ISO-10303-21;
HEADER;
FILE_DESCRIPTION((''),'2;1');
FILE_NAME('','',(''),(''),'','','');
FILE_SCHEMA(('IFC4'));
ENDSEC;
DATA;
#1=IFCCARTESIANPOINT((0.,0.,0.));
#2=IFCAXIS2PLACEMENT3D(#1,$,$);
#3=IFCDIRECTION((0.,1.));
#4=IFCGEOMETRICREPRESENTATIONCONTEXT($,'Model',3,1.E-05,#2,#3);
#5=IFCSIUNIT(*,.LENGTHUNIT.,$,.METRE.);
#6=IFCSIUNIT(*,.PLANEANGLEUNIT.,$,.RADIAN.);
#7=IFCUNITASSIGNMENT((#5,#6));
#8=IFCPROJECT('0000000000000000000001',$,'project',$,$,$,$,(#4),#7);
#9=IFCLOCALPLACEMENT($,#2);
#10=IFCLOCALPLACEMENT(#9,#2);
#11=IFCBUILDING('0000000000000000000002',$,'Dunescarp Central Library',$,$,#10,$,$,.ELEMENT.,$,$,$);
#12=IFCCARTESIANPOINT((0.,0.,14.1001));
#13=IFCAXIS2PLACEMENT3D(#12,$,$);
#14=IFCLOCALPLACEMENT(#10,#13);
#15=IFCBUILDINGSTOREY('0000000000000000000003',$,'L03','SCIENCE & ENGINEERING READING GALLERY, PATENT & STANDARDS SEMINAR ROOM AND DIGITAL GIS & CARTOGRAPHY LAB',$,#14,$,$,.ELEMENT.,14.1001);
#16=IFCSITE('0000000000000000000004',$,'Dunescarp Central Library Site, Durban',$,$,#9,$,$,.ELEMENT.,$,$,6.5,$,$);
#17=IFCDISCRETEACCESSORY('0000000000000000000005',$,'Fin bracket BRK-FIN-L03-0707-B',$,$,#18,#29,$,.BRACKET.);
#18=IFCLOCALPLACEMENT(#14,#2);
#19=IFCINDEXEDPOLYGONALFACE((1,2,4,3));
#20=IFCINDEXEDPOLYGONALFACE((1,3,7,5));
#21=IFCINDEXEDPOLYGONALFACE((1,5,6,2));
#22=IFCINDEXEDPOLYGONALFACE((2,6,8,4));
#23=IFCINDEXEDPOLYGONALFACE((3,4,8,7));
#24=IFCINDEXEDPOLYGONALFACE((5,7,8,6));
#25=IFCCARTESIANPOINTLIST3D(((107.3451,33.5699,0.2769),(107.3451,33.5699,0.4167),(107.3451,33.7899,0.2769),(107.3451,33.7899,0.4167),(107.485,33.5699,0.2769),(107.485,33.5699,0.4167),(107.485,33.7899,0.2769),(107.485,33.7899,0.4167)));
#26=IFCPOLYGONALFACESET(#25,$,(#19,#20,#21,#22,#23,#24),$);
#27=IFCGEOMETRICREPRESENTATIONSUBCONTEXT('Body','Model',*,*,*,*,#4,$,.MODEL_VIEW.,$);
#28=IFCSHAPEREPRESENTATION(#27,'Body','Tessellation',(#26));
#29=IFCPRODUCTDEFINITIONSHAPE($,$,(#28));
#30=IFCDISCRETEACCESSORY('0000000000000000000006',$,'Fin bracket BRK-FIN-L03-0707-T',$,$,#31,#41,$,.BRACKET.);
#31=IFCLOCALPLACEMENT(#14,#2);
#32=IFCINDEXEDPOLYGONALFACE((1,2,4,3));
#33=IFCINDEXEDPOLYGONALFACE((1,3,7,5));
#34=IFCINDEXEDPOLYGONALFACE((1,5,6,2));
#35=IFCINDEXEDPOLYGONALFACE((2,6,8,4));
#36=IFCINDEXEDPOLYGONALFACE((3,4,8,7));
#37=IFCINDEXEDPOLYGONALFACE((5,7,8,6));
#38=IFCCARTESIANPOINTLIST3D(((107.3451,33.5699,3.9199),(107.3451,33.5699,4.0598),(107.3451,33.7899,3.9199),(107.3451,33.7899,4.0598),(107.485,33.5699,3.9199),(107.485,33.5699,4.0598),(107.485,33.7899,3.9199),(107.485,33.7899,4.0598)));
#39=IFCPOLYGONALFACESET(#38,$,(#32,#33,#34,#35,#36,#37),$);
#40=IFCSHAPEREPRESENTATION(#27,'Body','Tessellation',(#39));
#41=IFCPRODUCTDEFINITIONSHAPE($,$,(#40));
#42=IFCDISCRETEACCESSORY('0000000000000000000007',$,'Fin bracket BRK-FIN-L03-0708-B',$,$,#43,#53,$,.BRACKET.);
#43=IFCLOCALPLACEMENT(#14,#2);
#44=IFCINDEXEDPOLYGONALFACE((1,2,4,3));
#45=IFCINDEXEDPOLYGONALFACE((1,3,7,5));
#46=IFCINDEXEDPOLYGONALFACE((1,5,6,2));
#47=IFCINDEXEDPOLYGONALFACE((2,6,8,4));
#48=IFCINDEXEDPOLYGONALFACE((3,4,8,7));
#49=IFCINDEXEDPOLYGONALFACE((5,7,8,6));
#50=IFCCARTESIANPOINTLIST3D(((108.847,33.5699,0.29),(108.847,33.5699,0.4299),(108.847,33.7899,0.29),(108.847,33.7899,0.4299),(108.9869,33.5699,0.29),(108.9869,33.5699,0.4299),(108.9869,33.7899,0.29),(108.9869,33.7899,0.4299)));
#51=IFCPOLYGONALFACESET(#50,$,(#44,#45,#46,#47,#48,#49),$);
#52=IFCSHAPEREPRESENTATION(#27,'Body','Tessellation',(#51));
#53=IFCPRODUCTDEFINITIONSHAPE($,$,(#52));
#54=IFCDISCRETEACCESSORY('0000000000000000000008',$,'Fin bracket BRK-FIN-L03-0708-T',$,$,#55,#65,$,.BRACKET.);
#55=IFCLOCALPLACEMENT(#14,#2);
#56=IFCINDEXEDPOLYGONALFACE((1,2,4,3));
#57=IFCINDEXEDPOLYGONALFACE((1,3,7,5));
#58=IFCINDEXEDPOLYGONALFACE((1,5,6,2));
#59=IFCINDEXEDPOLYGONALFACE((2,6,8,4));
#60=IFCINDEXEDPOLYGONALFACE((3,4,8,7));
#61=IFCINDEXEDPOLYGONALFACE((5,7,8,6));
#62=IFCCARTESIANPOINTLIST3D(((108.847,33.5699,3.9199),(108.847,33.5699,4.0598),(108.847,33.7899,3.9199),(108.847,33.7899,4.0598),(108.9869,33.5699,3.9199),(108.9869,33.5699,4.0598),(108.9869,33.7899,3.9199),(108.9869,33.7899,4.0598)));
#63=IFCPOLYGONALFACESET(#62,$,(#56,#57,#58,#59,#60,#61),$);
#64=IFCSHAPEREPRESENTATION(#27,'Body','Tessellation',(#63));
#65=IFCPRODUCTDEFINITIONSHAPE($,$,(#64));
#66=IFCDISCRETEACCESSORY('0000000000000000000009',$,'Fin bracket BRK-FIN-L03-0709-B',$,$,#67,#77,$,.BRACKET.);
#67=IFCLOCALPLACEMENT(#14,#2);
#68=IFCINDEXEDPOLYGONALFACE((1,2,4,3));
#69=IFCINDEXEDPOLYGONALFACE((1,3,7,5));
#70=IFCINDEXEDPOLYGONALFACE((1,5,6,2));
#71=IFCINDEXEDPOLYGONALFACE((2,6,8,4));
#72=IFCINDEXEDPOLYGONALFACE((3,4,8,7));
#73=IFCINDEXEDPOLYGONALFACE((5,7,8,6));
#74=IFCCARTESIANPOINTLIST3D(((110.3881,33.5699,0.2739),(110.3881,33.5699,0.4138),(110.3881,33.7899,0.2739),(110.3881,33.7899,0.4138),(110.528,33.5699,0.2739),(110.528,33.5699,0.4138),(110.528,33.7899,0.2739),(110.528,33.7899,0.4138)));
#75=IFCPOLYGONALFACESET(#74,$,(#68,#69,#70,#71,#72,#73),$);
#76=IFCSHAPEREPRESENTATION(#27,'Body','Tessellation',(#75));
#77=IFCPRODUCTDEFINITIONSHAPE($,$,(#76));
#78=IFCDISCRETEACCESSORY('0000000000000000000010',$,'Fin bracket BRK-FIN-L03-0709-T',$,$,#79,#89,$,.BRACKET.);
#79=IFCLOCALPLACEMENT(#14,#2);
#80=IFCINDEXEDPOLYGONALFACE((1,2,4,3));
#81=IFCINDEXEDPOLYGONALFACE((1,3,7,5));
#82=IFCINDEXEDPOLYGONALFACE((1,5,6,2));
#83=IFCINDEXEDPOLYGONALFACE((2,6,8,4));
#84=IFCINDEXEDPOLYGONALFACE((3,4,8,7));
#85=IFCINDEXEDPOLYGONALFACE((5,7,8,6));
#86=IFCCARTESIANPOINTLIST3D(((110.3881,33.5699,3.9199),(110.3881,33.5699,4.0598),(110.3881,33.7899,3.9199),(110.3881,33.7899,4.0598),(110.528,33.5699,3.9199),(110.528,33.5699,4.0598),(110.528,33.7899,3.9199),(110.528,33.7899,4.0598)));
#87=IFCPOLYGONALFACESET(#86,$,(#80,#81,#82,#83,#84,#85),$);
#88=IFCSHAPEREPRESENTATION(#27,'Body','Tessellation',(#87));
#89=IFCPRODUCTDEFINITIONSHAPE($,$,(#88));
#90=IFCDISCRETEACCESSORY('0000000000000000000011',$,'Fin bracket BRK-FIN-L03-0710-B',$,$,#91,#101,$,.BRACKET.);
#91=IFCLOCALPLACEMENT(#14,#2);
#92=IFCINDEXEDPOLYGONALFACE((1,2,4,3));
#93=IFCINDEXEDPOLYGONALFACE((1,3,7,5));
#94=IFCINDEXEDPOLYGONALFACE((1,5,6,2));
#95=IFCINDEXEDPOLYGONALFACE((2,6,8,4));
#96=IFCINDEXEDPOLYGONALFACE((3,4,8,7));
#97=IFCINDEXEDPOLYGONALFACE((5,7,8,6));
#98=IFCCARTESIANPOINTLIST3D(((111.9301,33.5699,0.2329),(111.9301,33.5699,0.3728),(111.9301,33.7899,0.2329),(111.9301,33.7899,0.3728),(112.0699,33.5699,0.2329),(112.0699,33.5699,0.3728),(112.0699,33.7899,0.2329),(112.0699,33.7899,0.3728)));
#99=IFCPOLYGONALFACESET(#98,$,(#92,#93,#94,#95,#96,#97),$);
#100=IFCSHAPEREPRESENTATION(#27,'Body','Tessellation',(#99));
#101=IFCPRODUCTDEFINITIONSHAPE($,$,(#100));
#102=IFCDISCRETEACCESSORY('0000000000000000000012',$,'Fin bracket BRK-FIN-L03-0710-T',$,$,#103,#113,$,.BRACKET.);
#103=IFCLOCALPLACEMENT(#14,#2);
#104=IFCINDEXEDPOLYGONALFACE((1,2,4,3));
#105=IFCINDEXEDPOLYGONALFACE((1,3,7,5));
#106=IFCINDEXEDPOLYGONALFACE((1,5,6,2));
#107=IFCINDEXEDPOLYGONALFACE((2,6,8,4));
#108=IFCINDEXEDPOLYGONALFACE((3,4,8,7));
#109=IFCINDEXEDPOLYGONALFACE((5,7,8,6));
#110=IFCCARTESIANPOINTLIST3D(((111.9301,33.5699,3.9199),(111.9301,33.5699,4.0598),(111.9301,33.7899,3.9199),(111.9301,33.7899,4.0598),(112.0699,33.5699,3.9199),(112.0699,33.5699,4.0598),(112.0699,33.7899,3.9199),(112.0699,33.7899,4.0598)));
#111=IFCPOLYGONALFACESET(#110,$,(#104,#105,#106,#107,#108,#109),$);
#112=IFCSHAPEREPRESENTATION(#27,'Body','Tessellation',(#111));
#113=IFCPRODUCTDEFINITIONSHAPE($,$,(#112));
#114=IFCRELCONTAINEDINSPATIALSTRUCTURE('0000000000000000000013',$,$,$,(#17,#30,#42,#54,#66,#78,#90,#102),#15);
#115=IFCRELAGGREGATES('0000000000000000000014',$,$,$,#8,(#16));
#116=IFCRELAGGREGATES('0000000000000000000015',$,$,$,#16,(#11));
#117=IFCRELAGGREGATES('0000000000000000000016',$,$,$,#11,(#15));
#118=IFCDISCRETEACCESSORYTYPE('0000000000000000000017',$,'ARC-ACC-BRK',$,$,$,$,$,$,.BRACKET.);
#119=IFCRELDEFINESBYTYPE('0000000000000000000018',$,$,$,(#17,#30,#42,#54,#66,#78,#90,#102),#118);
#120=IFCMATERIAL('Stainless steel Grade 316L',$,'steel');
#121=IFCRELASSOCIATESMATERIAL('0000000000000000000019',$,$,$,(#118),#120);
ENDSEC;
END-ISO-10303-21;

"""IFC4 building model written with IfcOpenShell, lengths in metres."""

from ifc_helpers import new_model, si_unit, direction, frame, origin, origin_2d, place, context, subcontext, project, spatial, rectangle, extrude, material, type_object, element, save


model = new_model("IFC4")

# Units and contexts
model_context = context("Model", 3, precision=1e-05, world=origin(), true_north=direction((0.0, 1.0)))
body_context = subcontext(model_context, "Body", "Model", "MODEL_VIEW")
ifc_project = project(units=[si_unit("LENGTHUNIT", "METRE"), si_unit("PLANEANGLEUNIT", "RADIAN")], contexts=[model_context])

# Site, building, storey
site_placement = place(None, origin())
site = spatial("IfcSite", under=ifc_project, at=site_placement, Name="Dunescarp Central Library Site, Durban", CompositionType="ELEMENT", RefElevation=6.5)
building_placement = place(site_placement, origin())
building = spatial("IfcBuilding", under=site, at=building_placement, Name="Dunescarp Central Library", CompositionType="ELEMENT")
storey_placement = place(building_placement, frame((0.0, 0.0, 14.1001)))
storey = spatial("IfcBuildingStorey", under=building, at=storey_placement, Name="L03", Description="SCIENCE & ENGINEERING READING GALLERY, PATENT & STANDARDS SEMINAR ROOM AND DIGITAL GIS & CARTOGRAPHY LAB", CompositionType="ELEMENT", Elevation=14.1001)

# Discrete accessories
ifc_material_1 = material(Name="Stainless steel Grade 316L", Category="steel")
discrete_accessory_type = type_object("IfcDiscreteAccessoryType", Name="ARC-ACC-BRK", PredefinedType="BRACKET", material=ifc_material_1)
for number, where, z_axis, x_axis, name in (
    (1, (107.415, 33.6799, 0.2769), (0.0, 0.0, 1.0), (0.0, 1.0, 0.0), "Fin bracket BRK-FIN-L03-0707-B"),
    (2, (107.415, 33.6799, 3.9199), (0.0, 0.0, 1.0), (0.0, 1.0, 0.0), "Fin bracket BRK-FIN-L03-0707-T"),
    (3, (108.917, 33.6799, 0.29), (0.0, 0.0, 1.0), (0.0, 1.0, 0.0), "Fin bracket BRK-FIN-L03-0708-B"),
    (4, (108.917, 33.6799, 3.9199), (0.0, 0.0, 1.0), (0.0, 1.0, 0.0), "Fin bracket BRK-FIN-L03-0708-T"),
    (5, (110.458, 33.6799, 0.2739), (0.0, 0.0, 1.0), (0.0, 1.0, 0.0), "Fin bracket BRK-FIN-L03-0709-B"),
    (6, (110.458, 33.6799, 3.9199), (0.0, 0.0, 1.0), (0.0, 1.0, 0.0), "Fin bracket BRK-FIN-L03-0709-T"),
    (7, (112.0, 33.6799, 0.2329), (0.0, 0.0, 1.0), (0.0, 1.0, 0.0), "Fin bracket BRK-FIN-L03-0710-B"),
    (8, (112.0, 33.6799, 3.9199), (0.0, 0.0, 1.0), (0.0, 1.0, 0.0), "Fin bracket BRK-FIN-L03-0710-T"),
):
    element("IfcDiscreteAccessory", number, at=place(storey_placement, frame(where, z_axis=z_axis, x_axis=x_axis)), inside=storey, type_object=discrete_accessory_type, Name=name, PredefinedType="BRACKET", context=body_context, shape_type="SweptSolid", body=[
        extrude(rectangle(XDim=0.22, YDim=0.1399, at=origin_2d()), origin(), (0.0, 0.0, 1.0), 0.1399),
    ])

save(model, "model.ifc")
